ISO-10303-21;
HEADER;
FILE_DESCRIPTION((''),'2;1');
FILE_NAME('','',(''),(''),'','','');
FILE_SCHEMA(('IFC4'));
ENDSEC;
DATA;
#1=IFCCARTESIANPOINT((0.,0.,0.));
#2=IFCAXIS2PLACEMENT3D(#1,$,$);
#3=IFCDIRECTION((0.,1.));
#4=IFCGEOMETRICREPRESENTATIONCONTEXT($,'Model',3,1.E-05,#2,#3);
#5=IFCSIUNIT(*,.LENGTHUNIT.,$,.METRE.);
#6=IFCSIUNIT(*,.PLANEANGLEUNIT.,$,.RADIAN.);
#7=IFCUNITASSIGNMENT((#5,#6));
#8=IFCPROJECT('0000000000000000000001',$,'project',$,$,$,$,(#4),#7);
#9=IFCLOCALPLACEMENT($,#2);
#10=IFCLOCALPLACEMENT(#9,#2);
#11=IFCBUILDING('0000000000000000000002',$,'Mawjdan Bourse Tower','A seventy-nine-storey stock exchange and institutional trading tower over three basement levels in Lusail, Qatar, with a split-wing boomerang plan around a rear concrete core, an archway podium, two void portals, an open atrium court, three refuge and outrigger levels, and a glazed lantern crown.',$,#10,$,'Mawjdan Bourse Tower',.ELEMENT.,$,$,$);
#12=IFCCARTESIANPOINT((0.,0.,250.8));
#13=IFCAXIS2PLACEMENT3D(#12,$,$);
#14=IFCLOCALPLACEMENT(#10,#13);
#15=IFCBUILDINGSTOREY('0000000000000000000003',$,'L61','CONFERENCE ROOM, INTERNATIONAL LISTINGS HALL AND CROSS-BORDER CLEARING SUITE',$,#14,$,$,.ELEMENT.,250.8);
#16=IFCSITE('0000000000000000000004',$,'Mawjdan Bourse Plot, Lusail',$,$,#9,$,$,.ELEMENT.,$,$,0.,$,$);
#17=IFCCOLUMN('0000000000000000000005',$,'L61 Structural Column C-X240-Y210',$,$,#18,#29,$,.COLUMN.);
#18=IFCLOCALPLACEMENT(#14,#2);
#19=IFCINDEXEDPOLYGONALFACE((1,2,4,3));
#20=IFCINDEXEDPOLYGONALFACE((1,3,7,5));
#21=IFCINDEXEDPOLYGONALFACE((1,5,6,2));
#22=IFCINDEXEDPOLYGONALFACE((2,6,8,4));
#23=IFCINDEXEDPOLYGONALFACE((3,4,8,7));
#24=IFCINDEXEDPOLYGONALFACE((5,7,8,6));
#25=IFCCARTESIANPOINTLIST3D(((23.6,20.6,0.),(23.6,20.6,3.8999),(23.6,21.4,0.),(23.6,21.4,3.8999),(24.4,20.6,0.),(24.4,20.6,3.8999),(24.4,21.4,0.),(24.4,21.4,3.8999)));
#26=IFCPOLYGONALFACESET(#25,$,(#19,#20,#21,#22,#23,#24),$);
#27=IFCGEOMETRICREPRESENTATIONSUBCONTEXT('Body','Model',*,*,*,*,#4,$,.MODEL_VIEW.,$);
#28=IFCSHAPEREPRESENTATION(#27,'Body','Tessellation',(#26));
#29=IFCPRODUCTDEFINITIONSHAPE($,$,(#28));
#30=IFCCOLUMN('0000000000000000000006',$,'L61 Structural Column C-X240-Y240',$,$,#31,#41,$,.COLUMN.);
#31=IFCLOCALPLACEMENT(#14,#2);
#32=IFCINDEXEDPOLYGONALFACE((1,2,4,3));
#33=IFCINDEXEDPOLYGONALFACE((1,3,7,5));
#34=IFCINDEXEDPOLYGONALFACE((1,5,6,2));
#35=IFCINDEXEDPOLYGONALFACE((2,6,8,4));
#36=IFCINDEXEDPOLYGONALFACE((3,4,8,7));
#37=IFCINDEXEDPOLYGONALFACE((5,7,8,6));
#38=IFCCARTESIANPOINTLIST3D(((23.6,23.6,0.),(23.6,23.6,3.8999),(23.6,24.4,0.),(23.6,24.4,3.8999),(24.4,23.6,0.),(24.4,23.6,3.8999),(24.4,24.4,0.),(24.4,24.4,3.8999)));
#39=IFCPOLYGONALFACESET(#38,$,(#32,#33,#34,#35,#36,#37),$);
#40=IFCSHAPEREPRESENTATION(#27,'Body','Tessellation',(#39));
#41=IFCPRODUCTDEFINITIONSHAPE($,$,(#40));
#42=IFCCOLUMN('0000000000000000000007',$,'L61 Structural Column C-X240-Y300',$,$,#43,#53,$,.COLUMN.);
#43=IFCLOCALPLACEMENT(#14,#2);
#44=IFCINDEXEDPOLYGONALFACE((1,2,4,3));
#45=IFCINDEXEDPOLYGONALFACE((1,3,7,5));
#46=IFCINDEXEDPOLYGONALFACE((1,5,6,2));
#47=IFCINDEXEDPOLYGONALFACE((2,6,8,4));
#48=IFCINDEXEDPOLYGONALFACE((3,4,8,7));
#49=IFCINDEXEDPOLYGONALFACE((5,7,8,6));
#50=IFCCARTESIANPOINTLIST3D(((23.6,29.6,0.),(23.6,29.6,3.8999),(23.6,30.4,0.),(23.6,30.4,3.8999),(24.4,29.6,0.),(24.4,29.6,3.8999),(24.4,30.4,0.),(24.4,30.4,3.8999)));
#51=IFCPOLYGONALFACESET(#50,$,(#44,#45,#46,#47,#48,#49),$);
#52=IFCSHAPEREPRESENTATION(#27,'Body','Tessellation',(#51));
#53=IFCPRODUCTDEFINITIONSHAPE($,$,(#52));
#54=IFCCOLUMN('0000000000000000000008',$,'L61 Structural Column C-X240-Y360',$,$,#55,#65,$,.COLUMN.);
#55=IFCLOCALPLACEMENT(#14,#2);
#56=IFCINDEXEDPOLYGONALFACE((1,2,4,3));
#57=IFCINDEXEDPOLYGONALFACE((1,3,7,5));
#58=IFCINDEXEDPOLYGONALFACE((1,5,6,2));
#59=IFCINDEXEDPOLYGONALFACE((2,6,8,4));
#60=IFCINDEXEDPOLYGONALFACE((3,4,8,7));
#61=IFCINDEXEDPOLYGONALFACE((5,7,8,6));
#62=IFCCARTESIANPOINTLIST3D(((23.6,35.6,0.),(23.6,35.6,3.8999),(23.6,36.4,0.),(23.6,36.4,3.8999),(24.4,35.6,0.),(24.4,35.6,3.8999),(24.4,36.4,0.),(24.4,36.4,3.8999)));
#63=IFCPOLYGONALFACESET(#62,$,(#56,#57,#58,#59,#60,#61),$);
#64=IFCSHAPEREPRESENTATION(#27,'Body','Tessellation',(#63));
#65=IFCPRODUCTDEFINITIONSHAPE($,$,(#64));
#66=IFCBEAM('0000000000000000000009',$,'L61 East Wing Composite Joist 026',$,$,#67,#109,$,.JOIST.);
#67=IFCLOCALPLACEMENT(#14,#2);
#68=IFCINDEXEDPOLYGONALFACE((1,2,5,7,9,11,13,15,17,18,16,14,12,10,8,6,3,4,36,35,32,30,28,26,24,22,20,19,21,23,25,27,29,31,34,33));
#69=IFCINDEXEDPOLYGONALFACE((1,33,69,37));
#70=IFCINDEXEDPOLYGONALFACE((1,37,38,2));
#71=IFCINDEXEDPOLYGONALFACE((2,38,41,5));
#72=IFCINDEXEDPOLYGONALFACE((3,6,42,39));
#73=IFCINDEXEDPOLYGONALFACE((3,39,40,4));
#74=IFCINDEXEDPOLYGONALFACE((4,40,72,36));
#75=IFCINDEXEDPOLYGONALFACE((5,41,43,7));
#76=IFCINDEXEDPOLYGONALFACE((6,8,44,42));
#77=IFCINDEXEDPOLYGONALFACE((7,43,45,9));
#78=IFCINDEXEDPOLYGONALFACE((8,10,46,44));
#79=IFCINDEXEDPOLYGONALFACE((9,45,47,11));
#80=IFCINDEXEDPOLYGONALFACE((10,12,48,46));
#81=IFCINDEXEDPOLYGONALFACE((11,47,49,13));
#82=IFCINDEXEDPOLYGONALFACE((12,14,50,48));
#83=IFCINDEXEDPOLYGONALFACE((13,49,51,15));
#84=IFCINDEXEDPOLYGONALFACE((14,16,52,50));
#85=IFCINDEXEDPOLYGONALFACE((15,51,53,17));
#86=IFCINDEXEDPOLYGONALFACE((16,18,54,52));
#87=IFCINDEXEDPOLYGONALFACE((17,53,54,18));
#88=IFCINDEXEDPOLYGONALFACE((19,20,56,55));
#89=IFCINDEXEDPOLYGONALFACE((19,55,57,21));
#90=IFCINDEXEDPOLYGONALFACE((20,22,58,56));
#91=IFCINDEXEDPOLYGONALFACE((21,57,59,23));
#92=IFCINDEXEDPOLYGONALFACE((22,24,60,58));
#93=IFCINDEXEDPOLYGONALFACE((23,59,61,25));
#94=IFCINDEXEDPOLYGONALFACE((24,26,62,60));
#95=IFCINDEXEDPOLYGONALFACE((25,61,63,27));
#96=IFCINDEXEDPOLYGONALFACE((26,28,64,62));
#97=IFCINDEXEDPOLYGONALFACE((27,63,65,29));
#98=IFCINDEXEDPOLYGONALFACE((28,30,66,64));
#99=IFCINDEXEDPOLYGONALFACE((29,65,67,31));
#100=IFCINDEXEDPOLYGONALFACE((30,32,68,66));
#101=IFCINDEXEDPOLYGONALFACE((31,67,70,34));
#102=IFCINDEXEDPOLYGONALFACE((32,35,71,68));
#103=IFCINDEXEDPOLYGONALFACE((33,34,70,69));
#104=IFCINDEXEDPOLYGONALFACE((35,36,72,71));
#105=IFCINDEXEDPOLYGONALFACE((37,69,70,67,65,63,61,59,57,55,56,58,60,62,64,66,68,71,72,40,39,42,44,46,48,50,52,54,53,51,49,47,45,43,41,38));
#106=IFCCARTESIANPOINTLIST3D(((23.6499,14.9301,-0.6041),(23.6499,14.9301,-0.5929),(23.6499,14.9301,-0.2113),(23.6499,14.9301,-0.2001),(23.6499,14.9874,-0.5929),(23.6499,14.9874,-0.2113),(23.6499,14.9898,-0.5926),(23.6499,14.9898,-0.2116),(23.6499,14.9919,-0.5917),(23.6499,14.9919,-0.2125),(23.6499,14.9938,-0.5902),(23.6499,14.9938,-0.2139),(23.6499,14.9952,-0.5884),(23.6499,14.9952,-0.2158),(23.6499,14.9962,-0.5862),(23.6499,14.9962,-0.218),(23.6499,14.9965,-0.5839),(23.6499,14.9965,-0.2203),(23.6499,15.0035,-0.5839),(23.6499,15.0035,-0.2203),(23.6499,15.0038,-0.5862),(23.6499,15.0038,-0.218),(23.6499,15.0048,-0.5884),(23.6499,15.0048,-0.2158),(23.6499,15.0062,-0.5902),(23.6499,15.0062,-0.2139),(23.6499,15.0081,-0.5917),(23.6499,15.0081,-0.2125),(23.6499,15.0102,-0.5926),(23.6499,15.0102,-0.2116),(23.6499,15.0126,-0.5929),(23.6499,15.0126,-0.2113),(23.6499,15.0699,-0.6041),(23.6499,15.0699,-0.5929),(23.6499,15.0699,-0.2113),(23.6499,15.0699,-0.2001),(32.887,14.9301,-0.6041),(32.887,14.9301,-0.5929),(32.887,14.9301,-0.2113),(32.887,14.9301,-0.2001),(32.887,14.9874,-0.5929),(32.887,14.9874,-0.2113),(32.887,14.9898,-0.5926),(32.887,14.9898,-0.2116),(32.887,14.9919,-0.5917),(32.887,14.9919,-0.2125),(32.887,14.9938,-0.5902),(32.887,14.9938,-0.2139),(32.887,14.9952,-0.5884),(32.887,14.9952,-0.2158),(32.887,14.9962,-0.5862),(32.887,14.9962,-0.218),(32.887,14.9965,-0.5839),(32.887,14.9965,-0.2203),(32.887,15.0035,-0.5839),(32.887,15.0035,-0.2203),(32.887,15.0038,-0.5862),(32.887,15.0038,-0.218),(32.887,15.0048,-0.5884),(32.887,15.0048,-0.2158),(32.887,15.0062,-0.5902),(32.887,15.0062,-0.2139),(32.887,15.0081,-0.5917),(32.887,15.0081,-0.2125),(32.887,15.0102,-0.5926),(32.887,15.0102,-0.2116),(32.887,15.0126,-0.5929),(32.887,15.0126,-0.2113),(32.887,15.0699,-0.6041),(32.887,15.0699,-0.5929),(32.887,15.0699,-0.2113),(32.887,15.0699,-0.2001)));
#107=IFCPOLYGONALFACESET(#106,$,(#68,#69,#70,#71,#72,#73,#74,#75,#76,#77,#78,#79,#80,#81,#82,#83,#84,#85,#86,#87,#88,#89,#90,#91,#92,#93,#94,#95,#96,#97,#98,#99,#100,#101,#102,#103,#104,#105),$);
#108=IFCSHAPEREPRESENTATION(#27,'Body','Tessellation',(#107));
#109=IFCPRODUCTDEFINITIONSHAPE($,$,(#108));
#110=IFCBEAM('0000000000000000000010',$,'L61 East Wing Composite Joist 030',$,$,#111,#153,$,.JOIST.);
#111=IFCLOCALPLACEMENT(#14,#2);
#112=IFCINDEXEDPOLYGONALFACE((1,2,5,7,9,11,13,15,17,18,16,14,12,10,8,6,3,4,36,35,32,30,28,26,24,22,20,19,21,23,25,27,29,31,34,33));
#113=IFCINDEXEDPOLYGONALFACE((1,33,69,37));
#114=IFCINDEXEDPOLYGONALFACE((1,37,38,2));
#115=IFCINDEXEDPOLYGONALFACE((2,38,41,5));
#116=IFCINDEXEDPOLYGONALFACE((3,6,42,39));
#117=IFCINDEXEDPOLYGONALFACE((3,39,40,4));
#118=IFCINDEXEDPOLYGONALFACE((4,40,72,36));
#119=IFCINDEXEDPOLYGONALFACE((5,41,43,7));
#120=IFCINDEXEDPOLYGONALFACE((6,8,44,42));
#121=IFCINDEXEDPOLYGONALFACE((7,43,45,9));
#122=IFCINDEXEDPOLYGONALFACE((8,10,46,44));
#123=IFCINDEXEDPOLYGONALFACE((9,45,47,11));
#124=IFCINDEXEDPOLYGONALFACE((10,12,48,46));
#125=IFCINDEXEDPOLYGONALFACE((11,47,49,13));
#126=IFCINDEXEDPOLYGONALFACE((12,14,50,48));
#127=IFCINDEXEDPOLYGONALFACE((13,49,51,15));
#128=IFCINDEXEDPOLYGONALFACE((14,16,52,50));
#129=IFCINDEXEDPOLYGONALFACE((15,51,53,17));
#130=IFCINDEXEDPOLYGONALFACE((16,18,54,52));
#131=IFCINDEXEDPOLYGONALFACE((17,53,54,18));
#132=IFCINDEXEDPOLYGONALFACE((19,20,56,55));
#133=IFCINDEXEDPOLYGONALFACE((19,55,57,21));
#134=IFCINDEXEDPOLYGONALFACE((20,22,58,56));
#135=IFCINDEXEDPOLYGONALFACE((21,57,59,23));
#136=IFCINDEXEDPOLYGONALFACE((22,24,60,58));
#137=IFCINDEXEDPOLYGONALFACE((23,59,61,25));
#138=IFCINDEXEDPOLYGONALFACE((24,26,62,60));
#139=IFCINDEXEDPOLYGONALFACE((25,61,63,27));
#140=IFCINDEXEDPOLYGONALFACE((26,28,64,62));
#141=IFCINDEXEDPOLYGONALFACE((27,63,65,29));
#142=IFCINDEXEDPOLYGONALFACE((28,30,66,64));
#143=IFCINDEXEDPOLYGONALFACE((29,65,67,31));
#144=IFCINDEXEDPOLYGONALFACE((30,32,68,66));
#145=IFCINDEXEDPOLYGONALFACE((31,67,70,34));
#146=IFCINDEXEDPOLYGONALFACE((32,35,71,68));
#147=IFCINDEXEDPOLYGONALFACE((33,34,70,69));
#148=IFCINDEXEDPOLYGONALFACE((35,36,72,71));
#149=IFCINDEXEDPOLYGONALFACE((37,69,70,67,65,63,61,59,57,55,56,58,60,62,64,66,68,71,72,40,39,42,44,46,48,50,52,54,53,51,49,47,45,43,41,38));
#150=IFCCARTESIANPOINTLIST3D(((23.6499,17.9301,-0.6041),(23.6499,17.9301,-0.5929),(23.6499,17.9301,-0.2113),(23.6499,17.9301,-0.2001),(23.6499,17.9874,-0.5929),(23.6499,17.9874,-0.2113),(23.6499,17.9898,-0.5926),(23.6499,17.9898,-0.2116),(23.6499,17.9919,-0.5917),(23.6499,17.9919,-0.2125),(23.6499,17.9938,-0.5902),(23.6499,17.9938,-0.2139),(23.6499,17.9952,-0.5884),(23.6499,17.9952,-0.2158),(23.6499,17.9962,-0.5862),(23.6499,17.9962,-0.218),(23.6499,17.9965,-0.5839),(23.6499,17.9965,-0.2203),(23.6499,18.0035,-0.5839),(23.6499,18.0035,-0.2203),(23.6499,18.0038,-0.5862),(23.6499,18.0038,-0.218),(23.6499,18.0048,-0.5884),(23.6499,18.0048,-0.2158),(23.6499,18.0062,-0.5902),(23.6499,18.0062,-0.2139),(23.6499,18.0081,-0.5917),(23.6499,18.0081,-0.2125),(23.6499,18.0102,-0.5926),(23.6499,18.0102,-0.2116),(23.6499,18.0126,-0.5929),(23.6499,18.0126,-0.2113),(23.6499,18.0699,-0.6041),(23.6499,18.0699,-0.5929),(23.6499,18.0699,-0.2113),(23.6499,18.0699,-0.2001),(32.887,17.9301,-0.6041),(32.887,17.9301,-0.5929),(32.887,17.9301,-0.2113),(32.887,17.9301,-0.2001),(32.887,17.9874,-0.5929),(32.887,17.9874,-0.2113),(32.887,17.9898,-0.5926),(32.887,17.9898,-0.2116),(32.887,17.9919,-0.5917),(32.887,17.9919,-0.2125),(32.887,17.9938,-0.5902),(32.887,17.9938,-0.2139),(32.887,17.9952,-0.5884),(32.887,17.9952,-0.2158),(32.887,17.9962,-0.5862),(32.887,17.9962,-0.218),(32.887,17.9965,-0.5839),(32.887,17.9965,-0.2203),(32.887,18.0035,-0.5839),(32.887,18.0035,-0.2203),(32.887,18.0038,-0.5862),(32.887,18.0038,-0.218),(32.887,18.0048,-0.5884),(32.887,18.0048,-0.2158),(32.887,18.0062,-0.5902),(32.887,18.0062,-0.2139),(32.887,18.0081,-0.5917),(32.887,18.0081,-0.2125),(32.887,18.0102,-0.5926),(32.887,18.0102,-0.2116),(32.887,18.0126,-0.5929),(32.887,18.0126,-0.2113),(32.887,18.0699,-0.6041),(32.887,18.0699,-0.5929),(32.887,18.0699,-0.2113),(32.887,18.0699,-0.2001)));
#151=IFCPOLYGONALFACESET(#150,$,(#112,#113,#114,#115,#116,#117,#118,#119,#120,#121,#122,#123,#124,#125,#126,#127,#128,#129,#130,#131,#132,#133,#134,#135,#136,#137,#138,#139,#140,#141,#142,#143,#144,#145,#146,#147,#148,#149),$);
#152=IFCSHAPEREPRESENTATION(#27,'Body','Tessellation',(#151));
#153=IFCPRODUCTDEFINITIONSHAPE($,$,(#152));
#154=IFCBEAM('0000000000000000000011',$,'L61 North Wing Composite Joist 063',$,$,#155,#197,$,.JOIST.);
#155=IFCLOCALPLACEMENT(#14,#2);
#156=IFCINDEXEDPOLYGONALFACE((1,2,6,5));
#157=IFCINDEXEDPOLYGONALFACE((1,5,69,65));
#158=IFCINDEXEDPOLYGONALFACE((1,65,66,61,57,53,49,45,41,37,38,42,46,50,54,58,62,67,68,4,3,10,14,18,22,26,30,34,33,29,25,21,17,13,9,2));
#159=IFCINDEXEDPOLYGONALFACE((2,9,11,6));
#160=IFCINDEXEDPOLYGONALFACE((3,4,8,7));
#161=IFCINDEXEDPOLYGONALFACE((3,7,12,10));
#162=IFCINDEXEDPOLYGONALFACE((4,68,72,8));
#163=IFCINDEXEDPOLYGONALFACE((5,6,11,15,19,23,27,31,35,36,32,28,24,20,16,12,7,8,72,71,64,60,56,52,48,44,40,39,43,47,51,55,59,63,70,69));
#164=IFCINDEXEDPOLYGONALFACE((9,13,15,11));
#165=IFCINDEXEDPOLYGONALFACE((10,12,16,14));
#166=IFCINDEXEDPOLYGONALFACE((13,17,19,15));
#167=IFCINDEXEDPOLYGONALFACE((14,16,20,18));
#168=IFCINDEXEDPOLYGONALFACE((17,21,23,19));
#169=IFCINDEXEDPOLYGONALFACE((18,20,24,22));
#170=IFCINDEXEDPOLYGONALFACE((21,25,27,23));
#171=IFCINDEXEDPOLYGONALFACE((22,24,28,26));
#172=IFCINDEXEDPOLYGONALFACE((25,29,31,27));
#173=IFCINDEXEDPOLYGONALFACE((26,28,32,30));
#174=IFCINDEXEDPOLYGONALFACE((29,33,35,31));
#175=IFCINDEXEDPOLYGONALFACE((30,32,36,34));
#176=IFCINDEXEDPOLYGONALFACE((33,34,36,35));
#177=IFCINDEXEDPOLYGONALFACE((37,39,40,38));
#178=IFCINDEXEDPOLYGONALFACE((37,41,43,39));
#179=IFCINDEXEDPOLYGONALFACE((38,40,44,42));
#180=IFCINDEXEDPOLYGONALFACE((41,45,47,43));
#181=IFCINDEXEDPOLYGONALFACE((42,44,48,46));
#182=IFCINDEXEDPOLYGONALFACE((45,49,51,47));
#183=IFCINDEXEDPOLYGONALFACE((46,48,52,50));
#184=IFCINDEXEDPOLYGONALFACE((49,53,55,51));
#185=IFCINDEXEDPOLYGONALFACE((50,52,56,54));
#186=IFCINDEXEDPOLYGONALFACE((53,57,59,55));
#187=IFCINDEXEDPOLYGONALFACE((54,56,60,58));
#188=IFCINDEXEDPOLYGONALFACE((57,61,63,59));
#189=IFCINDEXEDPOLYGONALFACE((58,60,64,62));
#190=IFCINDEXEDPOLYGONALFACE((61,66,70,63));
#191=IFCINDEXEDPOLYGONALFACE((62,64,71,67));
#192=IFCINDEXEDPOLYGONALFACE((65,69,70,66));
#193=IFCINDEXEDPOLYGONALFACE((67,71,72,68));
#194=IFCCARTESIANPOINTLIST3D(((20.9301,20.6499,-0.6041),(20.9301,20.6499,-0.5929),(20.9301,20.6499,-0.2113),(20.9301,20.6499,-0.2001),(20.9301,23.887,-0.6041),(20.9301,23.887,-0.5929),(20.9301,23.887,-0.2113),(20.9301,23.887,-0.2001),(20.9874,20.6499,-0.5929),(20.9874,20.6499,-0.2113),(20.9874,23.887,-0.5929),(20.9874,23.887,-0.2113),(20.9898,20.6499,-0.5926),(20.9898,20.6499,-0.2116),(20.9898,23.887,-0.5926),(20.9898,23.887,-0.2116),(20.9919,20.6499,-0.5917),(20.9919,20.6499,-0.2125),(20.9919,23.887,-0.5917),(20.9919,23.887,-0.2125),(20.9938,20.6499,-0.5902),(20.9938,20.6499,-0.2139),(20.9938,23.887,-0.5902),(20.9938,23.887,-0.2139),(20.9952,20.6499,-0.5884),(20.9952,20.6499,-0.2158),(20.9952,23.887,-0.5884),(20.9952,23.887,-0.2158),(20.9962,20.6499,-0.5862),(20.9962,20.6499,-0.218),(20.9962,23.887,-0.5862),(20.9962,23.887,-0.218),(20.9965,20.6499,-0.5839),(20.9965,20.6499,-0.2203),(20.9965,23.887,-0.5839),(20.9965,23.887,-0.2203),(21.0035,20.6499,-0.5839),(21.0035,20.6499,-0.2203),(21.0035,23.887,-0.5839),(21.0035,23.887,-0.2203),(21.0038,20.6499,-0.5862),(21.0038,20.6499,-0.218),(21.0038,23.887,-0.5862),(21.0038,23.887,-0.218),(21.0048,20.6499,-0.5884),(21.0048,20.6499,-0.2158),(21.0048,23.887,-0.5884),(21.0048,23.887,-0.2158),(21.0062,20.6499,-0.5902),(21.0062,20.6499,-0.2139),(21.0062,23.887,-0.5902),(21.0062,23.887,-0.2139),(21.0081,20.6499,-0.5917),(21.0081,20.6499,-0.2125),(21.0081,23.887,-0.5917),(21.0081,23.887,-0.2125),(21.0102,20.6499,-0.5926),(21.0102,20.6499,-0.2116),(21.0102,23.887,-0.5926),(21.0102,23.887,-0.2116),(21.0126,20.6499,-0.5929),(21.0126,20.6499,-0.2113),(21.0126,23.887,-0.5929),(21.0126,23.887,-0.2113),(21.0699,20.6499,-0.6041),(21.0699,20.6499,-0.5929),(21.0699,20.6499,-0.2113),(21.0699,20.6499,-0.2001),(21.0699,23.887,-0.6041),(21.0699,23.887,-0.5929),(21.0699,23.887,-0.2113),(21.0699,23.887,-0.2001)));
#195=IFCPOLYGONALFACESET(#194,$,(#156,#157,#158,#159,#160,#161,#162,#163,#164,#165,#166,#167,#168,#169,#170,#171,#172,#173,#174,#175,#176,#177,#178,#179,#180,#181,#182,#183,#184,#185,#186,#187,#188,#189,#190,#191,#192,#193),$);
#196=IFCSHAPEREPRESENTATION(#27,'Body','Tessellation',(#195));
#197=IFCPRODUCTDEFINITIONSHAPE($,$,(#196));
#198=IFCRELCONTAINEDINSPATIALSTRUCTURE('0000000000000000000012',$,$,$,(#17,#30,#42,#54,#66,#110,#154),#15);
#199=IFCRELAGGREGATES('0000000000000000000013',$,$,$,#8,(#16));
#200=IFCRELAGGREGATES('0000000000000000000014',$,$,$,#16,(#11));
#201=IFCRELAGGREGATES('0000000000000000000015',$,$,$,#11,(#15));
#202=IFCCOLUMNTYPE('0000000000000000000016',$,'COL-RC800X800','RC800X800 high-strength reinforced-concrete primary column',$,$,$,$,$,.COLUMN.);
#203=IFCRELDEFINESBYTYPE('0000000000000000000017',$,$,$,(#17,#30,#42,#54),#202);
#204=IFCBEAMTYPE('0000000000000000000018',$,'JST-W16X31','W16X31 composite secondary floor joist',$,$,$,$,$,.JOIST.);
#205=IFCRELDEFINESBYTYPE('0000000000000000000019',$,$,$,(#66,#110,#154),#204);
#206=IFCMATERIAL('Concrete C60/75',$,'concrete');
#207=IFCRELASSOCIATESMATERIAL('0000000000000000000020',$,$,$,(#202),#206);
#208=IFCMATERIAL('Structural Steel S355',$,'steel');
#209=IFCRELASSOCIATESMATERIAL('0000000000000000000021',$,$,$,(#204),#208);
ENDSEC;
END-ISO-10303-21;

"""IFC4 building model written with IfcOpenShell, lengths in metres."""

from ifc_helpers import new_model, si_unit, direction, frame, origin, origin_2d, place, context, subcontext, project, spatial, rectangle, i_section, extrude, material, material_profile, profile_set, type_object, element, save


model = new_model("IFC4")

# Units and contexts
model_context = context("Model", 3, precision=1e-05, world=origin(), true_north=direction((0.0, 1.0)))
body_context = subcontext(model_context, "Body", "Model", "MODEL_VIEW")
ifc_project = project(units=[si_unit("LENGTHUNIT", "METRE"), si_unit("PLANEANGLEUNIT", "RADIAN")], contexts=[model_context])

# Site, building, storey
site_placement = place(None, origin())
site = spatial("IfcSite", under=ifc_project, at=site_placement, Name="Mawjdan Bourse Plot, Lusail", CompositionType="ELEMENT", RefElevation=0.0)
building_placement = place(site_placement, origin())
building = spatial("IfcBuilding", under=site, at=building_placement, Name="Mawjdan Bourse Tower", Description="A seventy-nine-storey stock exchange and institutional trading tower over three basement levels in Lusail, Qatar, with a split-wing boomerang plan around a rear concrete core, an archway podium, two void portals, an open atrium court, three refuge and outrigger levels, and a glazed lantern crown.", LongName="Mawjdan Bourse Tower", CompositionType="ELEMENT")
storey_placement = place(building_placement, frame((0.0, 0.0, 250.8)))
storey = spatial("IfcBuildingStorey", under=building, at=storey_placement, Name="L61", Description="CONFERENCE ROOM, INTERNATIONAL LISTINGS HALL AND CROSS-BORDER CLEARING SUITE", CompositionType="ELEMENT", Elevation=250.8)

# Columns
ifc_material_1 = material(Name="Concrete C60/75", Category="concrete")
ifc_material_profile_1 = material_profile(ifc_material_1, rectangle(XDim=0.8, YDim=0.8, at=origin_2d()), Name="RC800X800")
ifc_profile_set_1 = profile_set([ifc_material_profile_1], Name="Concrete C60/75")
column_type = type_object("IfcColumnType", Name="COL-RC800X800", Description="RC800X800 high-strength reinforced-concrete primary column", PredefinedType="COLUMN", material=ifc_profile_set_1)
for number, where, z_axis, x_axis, name in (
    (1, (24.0, 21.0, 0.0), (0.0, 0.0, 1.0), (1.0, 0.0, 0.0), "L61 Structural Column C-X240-Y210"),
    (2, (24.0, 24.0, 0.0), (0.0, 0.0, 1.0), (1.0, 0.0, 0.0), "L61 Structural Column C-X240-Y240"),
    (3, (24.0, 30.0, 0.0), (0.0, 0.0, 1.0), (1.0, 0.0, 0.0), "L61 Structural Column C-X240-Y300"),
    (4, (24.0, 36.0, 0.0), (0.0, 0.0, 1.0), (1.0, 0.0, 0.0), "L61 Structural Column C-X240-Y360"),
):
    element("IfcColumn", number, at=place(storey_placement, frame(where, z_axis=z_axis, x_axis=x_axis)), inside=storey, type_object=column_type, Name=name, PredefinedType="COLUMN", context=body_context, shape_type="SweptSolid", body=[
        extrude(rectangle(XDim=0.8, YDim=0.8, at=origin_2d()), origin(), (0.0, 0.0, 1.0), 3.8999),
    ])

# Beams
ifc_material_2 = material(Name="Structural Steel S355", Category="steel")
ifc_material_profile_2 = material_profile(ifc_material_2, i_section(OverallWidth=0.1399, OverallDepth=0.4041, WebThickness=0.0071, FlangeThickness=0.0112, FilletRadius=0.009, at=origin_2d()), Name="W16X31")
ifc_profile_set_2 = profile_set([ifc_material_profile_2], Name="Structural Steel S355")
beam_type_1 = type_object("IfcBeamType", Name="JST-W16X31", Description="W16X31 composite secondary floor joist", PredefinedType="JOIST", material=ifc_profile_set_2)
for number, where, z_axis, x_axis, name in (
    (5, (23.6499, 15.0, -0.4021), (1.0, 0.0, 0.0), (0.0, 1.0, 0.0), "L61 East Wing Composite Joist 026"),
    (6, (23.6499, 18.0, -0.4021), (1.0, 0.0, 0.0), (0.0, 1.0, 0.0), "L61 East Wing Composite Joist 030"),
):
    element("IfcBeam", number, at=place(storey_placement, frame(where, z_axis=z_axis, x_axis=x_axis)), inside=storey, type_object=beam_type_1, Name=name, PredefinedType="JOIST", context=body_context, shape_type="SweptSolid", body=[
        extrude(i_section(OverallWidth=0.1399, OverallDepth=0.4041, WebThickness=0.0071, FlangeThickness=0.0112, FilletRadius=0.009, at=origin_2d()), origin(), (0.0, 0.0, 1.0), 9.2371),
    ])
beam_1_placement = place(storey_placement, frame((21.0, 20.6499, -0.4021), z_axis=(0.0, 1.0, 0.0), x_axis=(-1.0, 0.0, 0.0)))
element("IfcBeam", 7, at=beam_1_placement, inside=storey, type_object=beam_type_1, Name="L61 North Wing Composite Joist 063", PredefinedType="JOIST", context=body_context, shape_type="SweptSolid", body=[
    extrude(i_section(OverallWidth=0.1399, OverallDepth=0.4041, WebThickness=0.0071, FlangeThickness=0.0112, FilletRadius=0.009, at=origin_2d()), origin(), (0.0, 0.0, 1.0), 3.2371),
])

save(model, "model.ifc")
